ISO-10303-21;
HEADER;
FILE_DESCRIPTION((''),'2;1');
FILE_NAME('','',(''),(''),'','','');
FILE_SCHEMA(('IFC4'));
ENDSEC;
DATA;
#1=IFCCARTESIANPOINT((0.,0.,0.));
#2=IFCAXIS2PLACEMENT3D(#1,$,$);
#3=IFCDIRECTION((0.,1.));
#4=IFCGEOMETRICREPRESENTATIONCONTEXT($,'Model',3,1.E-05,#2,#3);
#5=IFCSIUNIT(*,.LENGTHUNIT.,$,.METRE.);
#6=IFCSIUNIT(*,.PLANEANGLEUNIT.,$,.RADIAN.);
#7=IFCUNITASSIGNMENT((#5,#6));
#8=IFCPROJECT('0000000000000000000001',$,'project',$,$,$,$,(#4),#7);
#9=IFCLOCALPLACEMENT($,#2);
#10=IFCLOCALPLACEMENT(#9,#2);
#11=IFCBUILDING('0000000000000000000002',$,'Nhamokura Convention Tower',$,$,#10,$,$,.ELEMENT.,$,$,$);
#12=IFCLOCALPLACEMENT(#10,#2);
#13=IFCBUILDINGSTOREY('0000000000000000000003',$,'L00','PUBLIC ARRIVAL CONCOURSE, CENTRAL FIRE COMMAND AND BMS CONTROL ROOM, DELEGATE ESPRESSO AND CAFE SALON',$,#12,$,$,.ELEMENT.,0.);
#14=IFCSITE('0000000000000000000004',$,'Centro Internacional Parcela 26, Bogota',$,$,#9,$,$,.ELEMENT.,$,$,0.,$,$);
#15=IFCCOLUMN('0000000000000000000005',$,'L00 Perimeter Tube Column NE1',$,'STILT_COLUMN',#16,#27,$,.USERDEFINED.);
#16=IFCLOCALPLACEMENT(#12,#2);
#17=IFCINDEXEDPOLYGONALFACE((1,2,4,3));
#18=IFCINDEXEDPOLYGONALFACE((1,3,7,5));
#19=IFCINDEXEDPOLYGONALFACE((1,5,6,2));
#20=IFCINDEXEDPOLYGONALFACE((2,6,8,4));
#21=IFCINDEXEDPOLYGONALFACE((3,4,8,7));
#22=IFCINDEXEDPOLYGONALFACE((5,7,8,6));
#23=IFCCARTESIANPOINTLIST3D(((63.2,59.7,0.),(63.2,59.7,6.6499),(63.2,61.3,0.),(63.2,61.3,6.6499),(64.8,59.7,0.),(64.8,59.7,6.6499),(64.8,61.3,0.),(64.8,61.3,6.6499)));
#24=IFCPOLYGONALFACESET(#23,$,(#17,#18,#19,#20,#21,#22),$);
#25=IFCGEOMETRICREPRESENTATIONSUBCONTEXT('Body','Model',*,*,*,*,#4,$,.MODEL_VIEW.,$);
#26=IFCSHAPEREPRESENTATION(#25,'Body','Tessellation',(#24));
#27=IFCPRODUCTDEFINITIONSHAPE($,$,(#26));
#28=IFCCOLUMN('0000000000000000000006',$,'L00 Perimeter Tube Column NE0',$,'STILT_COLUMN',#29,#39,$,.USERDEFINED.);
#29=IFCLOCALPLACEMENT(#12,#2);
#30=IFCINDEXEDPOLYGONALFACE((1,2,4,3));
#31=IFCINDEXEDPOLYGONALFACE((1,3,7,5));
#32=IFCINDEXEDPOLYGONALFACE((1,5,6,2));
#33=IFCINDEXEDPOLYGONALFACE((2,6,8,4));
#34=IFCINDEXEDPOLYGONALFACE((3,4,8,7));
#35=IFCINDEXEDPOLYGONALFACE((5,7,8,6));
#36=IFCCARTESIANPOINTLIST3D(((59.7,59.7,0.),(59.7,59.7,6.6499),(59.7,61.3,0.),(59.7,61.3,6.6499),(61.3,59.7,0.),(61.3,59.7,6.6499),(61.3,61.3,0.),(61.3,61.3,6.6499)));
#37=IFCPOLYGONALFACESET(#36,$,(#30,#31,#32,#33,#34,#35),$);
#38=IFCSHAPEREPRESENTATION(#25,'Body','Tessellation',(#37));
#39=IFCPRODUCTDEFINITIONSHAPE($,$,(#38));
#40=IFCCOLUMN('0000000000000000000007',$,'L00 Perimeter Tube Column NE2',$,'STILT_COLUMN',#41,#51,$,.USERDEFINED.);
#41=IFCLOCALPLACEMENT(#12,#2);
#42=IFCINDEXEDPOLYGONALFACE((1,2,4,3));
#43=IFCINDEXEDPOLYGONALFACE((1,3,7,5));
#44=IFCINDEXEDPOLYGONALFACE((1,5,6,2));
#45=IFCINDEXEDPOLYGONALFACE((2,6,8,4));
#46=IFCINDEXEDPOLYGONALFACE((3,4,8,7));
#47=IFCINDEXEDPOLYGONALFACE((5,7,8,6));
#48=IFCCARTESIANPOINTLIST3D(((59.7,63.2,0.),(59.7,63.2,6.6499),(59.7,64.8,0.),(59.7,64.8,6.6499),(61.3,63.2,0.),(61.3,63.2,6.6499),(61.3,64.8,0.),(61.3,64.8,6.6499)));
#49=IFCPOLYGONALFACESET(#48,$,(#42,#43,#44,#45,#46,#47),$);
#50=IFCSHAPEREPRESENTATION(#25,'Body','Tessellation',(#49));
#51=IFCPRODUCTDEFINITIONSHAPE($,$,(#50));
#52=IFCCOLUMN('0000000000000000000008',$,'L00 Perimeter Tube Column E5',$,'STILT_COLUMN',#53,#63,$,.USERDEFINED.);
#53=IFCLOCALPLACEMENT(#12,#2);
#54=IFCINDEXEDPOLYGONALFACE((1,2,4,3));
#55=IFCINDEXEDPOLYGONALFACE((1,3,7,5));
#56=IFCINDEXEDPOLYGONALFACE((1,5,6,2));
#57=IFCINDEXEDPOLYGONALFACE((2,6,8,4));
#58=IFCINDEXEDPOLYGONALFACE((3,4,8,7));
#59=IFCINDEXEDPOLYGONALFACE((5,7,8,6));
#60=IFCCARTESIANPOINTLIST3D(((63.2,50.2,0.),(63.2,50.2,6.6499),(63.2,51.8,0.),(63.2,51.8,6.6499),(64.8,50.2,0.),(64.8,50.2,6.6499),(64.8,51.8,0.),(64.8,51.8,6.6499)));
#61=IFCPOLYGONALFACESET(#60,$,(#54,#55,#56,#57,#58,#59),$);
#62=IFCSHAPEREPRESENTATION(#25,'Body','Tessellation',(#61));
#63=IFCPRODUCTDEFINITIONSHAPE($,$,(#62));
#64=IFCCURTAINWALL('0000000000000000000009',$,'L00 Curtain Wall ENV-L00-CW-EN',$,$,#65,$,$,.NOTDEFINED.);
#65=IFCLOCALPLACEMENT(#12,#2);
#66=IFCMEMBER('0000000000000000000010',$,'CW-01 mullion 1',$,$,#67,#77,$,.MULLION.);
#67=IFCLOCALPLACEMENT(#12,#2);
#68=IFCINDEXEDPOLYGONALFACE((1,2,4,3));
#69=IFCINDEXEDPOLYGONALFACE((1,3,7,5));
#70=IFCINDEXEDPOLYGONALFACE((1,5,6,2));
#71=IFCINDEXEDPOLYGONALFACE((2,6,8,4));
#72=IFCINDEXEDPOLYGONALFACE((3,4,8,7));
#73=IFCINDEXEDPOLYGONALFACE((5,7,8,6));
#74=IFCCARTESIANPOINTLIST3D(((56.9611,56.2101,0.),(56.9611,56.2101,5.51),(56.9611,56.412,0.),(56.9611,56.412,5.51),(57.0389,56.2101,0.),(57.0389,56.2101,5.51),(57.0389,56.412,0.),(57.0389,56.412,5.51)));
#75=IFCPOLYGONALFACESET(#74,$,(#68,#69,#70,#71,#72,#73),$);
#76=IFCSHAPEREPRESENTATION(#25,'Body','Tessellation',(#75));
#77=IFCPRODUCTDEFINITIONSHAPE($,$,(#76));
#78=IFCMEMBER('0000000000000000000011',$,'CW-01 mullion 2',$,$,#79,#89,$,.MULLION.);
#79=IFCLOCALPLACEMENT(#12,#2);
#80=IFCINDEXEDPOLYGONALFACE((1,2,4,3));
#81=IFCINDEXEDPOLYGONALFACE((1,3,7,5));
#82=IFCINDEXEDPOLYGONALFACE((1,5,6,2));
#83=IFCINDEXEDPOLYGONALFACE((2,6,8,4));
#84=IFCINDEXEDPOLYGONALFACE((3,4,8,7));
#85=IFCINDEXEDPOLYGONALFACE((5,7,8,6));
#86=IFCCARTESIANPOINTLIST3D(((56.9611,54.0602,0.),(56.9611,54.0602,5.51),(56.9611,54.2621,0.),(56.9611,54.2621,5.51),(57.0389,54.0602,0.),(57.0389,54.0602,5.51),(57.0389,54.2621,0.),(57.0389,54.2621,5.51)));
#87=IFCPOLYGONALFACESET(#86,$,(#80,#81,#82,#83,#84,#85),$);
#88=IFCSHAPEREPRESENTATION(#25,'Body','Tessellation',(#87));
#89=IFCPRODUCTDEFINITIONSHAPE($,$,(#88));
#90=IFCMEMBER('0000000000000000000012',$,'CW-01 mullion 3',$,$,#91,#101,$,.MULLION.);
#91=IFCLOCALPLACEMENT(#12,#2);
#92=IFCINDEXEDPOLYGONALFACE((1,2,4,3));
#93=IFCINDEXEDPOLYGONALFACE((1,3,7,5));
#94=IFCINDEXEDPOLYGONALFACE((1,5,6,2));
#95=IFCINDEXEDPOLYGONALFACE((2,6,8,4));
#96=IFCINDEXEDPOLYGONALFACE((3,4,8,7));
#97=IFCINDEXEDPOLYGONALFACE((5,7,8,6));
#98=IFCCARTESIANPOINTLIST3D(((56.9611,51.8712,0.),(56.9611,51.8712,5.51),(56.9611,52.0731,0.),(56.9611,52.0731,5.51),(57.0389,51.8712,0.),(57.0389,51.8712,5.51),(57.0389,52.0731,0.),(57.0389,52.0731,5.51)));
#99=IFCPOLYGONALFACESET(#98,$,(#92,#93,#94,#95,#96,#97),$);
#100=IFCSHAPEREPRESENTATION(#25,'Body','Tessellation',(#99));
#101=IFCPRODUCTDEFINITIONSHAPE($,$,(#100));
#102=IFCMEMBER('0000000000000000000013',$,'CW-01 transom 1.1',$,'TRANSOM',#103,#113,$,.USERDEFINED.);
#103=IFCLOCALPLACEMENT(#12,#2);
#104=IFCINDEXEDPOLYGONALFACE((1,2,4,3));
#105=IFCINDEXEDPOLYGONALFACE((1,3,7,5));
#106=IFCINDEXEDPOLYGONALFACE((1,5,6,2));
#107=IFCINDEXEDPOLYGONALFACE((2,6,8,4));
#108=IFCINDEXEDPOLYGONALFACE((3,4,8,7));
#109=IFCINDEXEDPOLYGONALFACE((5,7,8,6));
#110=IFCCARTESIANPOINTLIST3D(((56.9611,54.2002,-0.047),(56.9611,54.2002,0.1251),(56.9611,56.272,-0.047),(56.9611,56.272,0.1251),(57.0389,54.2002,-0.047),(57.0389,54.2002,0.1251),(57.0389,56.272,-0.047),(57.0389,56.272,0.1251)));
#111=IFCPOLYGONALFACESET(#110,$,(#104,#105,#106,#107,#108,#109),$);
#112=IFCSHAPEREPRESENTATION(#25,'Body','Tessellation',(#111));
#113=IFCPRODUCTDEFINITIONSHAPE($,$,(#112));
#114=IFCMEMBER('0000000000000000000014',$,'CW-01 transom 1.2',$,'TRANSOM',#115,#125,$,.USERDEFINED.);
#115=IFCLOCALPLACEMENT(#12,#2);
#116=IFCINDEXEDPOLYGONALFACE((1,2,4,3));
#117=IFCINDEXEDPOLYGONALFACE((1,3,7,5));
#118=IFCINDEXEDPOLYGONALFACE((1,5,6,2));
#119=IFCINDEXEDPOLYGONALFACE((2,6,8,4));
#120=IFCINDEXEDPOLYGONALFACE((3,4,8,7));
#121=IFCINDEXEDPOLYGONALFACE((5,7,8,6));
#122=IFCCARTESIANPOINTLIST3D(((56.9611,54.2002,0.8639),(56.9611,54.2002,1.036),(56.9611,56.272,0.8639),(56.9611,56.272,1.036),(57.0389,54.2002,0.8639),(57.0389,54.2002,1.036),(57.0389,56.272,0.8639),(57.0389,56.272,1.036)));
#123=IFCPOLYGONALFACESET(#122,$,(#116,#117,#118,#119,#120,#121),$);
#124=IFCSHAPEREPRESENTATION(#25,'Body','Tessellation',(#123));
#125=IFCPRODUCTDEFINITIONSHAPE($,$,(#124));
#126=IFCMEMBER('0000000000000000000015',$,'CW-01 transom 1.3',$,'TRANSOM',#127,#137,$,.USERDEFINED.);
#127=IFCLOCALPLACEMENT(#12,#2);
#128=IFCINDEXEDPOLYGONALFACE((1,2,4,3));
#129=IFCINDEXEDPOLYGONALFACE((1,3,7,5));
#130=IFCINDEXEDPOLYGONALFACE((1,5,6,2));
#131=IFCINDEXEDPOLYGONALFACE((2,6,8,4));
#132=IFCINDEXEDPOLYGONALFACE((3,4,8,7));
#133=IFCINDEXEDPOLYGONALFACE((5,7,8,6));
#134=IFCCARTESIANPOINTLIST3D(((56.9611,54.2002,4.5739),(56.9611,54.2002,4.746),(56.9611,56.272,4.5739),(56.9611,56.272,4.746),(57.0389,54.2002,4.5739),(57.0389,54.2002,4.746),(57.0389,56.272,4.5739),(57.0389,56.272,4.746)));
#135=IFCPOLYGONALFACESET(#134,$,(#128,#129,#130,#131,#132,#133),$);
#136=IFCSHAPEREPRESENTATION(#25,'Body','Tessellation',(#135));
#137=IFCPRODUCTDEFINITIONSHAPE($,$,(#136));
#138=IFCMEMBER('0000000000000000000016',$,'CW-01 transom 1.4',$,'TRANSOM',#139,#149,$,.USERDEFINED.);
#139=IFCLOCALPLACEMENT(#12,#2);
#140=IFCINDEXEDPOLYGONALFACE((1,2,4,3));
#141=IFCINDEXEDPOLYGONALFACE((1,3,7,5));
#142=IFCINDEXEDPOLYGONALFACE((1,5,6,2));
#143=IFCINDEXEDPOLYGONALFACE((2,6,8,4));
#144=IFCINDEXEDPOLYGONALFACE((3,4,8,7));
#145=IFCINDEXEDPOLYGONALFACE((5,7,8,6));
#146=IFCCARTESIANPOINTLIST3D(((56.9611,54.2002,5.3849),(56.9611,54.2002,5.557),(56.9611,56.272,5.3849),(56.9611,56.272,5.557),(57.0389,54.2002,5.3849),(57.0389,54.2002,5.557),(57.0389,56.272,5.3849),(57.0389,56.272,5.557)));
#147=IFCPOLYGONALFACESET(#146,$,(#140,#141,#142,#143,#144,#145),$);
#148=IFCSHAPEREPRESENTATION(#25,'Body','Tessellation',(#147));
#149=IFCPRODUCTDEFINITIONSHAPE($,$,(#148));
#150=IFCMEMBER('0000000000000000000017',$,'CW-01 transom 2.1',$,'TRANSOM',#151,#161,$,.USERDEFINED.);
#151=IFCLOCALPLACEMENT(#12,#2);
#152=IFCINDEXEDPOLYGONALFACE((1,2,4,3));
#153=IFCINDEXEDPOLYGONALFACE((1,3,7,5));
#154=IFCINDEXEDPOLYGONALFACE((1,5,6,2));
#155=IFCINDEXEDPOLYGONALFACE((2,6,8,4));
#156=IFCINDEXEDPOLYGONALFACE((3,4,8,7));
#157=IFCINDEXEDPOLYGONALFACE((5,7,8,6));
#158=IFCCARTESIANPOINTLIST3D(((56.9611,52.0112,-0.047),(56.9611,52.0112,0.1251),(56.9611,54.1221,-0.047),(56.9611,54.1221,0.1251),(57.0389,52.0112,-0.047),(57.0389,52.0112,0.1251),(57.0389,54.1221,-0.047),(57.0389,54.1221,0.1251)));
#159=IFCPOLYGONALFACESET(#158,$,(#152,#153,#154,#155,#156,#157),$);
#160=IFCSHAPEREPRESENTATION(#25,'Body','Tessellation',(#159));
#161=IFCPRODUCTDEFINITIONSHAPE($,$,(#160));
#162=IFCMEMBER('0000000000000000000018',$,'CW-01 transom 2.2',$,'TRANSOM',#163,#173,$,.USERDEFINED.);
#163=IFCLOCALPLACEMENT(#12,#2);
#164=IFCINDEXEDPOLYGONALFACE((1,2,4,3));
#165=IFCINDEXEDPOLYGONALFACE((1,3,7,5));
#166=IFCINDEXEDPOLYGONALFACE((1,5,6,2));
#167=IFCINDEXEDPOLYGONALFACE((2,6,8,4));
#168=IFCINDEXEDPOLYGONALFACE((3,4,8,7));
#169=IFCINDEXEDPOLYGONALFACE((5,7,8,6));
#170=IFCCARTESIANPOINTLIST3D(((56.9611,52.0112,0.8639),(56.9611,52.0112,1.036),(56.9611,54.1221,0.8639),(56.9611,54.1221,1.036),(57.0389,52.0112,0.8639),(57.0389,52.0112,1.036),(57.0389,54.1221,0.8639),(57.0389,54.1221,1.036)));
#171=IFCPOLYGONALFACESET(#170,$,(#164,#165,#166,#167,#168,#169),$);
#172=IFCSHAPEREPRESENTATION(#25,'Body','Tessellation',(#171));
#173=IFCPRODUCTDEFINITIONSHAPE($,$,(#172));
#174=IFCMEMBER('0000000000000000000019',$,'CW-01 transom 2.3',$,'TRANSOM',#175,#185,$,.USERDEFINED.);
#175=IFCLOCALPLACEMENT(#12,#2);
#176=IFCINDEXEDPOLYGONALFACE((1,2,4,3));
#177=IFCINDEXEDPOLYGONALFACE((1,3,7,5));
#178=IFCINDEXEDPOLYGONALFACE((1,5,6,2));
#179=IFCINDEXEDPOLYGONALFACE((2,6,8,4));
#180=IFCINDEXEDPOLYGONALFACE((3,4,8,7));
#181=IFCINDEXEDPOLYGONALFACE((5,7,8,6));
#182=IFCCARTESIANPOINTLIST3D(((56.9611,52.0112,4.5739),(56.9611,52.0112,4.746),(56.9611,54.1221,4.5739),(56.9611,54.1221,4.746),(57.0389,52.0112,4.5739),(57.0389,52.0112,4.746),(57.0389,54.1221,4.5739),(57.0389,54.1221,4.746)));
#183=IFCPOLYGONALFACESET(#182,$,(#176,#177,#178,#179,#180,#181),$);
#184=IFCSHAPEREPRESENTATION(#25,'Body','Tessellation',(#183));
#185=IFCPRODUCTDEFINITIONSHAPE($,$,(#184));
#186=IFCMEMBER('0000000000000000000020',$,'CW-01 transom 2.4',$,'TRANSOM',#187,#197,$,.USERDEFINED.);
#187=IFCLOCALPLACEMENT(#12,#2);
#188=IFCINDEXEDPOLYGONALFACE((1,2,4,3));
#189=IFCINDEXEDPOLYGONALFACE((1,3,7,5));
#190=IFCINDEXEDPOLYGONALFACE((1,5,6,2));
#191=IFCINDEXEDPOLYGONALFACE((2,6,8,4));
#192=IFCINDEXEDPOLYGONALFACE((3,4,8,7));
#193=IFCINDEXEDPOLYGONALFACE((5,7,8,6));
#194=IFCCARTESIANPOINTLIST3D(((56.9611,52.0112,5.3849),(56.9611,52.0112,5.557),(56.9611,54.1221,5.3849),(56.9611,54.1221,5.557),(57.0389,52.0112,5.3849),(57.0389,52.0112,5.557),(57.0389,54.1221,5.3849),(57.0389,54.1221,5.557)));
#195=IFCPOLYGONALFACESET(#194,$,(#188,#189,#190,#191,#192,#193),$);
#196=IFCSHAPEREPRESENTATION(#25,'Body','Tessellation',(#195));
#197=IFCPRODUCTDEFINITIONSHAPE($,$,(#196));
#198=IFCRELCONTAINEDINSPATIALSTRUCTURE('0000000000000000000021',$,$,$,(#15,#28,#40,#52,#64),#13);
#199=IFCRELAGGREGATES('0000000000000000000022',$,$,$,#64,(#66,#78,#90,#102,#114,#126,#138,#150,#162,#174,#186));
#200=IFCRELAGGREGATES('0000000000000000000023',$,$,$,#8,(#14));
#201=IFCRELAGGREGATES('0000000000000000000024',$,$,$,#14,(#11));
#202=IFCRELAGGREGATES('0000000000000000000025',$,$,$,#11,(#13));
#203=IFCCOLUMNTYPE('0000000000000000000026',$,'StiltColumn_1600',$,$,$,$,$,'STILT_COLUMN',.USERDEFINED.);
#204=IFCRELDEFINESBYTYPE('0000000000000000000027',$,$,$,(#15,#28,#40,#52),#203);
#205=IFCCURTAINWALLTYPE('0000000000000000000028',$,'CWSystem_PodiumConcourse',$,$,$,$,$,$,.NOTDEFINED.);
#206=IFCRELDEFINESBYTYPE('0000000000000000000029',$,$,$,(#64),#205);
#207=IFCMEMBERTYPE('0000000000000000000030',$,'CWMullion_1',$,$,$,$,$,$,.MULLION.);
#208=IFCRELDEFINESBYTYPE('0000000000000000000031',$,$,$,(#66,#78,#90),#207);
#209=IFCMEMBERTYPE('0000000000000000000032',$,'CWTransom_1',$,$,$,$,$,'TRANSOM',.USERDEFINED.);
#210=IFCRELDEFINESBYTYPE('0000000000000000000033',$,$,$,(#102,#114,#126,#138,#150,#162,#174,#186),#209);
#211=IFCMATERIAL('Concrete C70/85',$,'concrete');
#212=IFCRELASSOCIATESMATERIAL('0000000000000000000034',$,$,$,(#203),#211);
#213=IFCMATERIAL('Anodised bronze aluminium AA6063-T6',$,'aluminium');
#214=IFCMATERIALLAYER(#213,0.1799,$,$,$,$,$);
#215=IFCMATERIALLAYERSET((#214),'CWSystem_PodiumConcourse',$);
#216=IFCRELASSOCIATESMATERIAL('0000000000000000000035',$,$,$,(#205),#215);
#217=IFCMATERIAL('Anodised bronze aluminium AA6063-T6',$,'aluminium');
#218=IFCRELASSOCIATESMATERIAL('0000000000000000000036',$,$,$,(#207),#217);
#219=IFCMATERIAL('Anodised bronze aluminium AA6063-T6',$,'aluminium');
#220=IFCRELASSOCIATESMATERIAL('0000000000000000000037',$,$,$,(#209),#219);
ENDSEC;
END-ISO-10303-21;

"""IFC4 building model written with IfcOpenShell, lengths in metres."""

from ifc_helpers import new_model, si_unit, direction, frame, origin, origin_2d, place, context, subcontext, project, spatial, rectangle, extrude, material, layer, layer_set, material_profile, profile_set, type_object, element, aggregate, save


model = new_model("IFC4")

# Units and contexts
model_context = context("Model", 3, precision=1e-05, world=origin(), true_north=direction((0.0, 1.0)))
body_context = subcontext(model_context, "Body", "Model", "MODEL_VIEW")
ifc_project = project(units=[si_unit("LENGTHUNIT", "METRE"), si_unit("PLANEANGLEUNIT", "RADIAN")], contexts=[model_context])

# Site, building, storey
site_placement = place(None, origin())
site = spatial("IfcSite", under=ifc_project, at=site_placement, Name="Centro Internacional Parcela 26, Bogota", CompositionType="ELEMENT", RefElevation=0.0)
building_placement = place(site_placement, origin())
building = spatial("IfcBuilding", under=site, at=building_placement, Name="Nhamokura Convention Tower", CompositionType="ELEMENT")
storey_placement = place(building_placement, origin())
storey = spatial("IfcBuildingStorey", under=building, at=storey_placement, Name="L00", Description="PUBLIC ARRIVAL CONCOURSE, CENTRAL FIRE COMMAND AND BMS CONTROL ROOM, DELEGATE ESPRESSO AND CAFE SALON", CompositionType="ELEMENT", Elevation=0.0)

# Columns
ifc_material_1 = material(Name="Concrete C70/85", Category="concrete")
ifc_material_profile_1 = material_profile(ifc_material_1, rectangle(XDim=1.6001, YDim=1.6001, at=origin_2d()))
ifc_profile_set_1 = profile_set([ifc_material_profile_1], Name="Concrete C70/85")
column_type = type_object("IfcColumnType", Name="StiltColumn_1600", ElementType="STILT_COLUMN", PredefinedType="USERDEFINED", material=ifc_profile_set_1)
for number, where, z_axis, x_axis, name in (
    (1, (64.0, 60.5, 0.0), (0.0, 0.0, 1.0), (1.0, 0.0, 0.0), "L00 Perimeter Tube Column NE1"),
    (2, (60.5, 60.5, 0.0), (0.0, 0.0, 1.0), (1.0, 0.0, 0.0), "L00 Perimeter Tube Column NE0"),
    (3, (60.5, 64.0, 0.0), (0.0, 0.0, 1.0), (1.0, 0.0, 0.0), "L00 Perimeter Tube Column NE2"),
    (4, (64.0, 51.0, 0.0), (0.0, 0.0, 1.0), (1.0, 0.0, 0.0), "L00 Perimeter Tube Column E5"),
):
    element("IfcColumn", number, at=place(storey_placement, frame(where, z_axis=z_axis, x_axis=x_axis)), inside=storey, type_object=column_type, Name=name, ObjectType="STILT_COLUMN", PredefinedType="USERDEFINED", context=body_context, shape_type="SweptSolid", body=[
        extrude(rectangle(XDim=1.6001, YDim=1.6001, at=origin_2d()), origin(), (0.0, 0.0, 1.0), 6.6499),
    ])

# Curtain wall, members
ifc_material_2 = material(Name="Anodised bronze aluminium AA6063-T6", Category="aluminium")
ifc_layer_1 = layer(ifc_material_2, 0.1799)
ifc_layer_set_1 = layer_set([ifc_layer_1], Name="CWSystem_PodiumConcourse")
curtain_wall_type = type_object("IfcCurtainWallType", Name="CWSystem_PodiumConcourse", PredefinedType="NOTDEFINED", material=ifc_layer_set_1)
curtain_wall_placement = place(storey_placement, origin())
curtain_wall = element("IfcCurtainWall", 5, at=curtain_wall_placement, inside=storey, type_object=curtain_wall_type, Name="L00 Curtain Wall ENV-L00-CW-EN", PredefinedType="NOTDEFINED")
ifc_material_3 = material(Name="Anodised bronze aluminium AA6063-T6", Category="aluminium")
ifc_material_profile_2 = material_profile(ifc_material_3, rectangle(XDim=0.0779, YDim=0.2019, at=origin_2d()))
ifc_profile_set_2 = profile_set([ifc_material_profile_2], Name="Anodised bronze aluminium AA6063-T6")
member_type_1 = type_object("IfcMemberType", Name="CWMullion_1", PredefinedType="MULLION", material=ifc_profile_set_2)
member_1_placement = place(storey_placement, frame((57.0, 56.311, 0.0), z_axis=(0.0, 0.0, 1.0), x_axis=(1.0, 0.0, 0.0)))
member_1 = element("IfcMember", 6, at=member_1_placement, type_object=member_type_1, Name="CW-01 mullion 1", PredefinedType="MULLION", context=body_context, shape_type="SweptSolid", body=[
    extrude(rectangle(XDim=0.0779, YDim=0.2019, at=origin_2d()), origin(), (0.0, 0.0, 1.0), 5.51),
])
member_2_placement = place(storey_placement, frame((57.0, 54.1611, 0.0), z_axis=(0.0, 0.0, 1.0), x_axis=(1.0, 0.0, 0.0)))
member_2 = element("IfcMember", 7, at=member_2_placement, type_object=member_type_1, Name="CW-01 mullion 2", PredefinedType="MULLION", context=body_context, shape_type="SweptSolid", body=[
    extrude(rectangle(XDim=0.0779, YDim=0.2019, at=origin_2d()), origin(), (0.0, 0.0, 1.0), 5.51),
])
member_3_placement = place(storey_placement, frame((57.0, 51.9722, 0.0), z_axis=(0.0, 0.0, 1.0), x_axis=(1.0, 0.0, 0.0)))
member_3 = element("IfcMember", 8, at=member_3_placement, type_object=member_type_1, Name="CW-01 mullion 3", PredefinedType="MULLION", context=body_context, shape_type="SweptSolid", body=[
    extrude(rectangle(XDim=0.0779, YDim=0.2019, at=origin_2d()), origin(), (0.0, 0.0, 1.0), 5.51),
])
ifc_material_4 = material(Name="Anodised bronze aluminium AA6063-T6", Category="aluminium")
ifc_material_profile_3 = material_profile(ifc_material_4, rectangle(XDim=0.0779, YDim=0.1721, at=origin_2d()))
ifc_profile_set_3 = profile_set([ifc_material_profile_3], Name="Anodised bronze aluminium AA6063-T6")
member_type_2 = type_object("IfcMemberType", Name="CWTransom_1", ElementType="TRANSOM", PredefinedType="USERDEFINED", material=ifc_profile_set_3)
member_4_placement = place(storey_placement, frame((57.0, 56.272, 0.0391), z_axis=(0.0, -1.0, 0.0), x_axis=(1.0, 0.0, 0.0)))
member_4 = element("IfcMember", 9, at=member_4_placement, type_object=member_type_2, Name="CW-01 transom 1.1", ObjectType="TRANSOM", PredefinedType="USERDEFINED", context=body_context, shape_type="SweptSolid", body=[
    extrude(rectangle(XDim=0.0779, YDim=0.1721, at=origin_2d()), origin(), (0.0, 0.0, 1.0), 2.0718),
])
member_5_placement = place(storey_placement, frame((57.0, 56.272, 0.95), z_axis=(0.0, -1.0, 0.0), x_axis=(1.0, 0.0, 0.0)))
member_5 = element("IfcMember", 10, at=member_5_placement, type_object=member_type_2, Name="CW-01 transom 1.2", ObjectType="TRANSOM", PredefinedType="USERDEFINED", context=body_context, shape_type="SweptSolid", body=[
    extrude(rectangle(XDim=0.0779, YDim=0.1721, at=origin_2d()), origin(), (0.0, 0.0, 1.0), 2.0718),
])
member_6_placement = place(storey_placement, frame((57.0, 56.272, 4.6599), z_axis=(0.0, -1.0, 0.0), x_axis=(1.0, 0.0, 0.0)))
member_6 = element("IfcMember", 11, at=member_6_placement, type_object=member_type_2, Name="CW-01 transom 1.3", ObjectType="TRANSOM", PredefinedType="USERDEFINED", context=body_context, shape_type="SweptSolid", body=[
    extrude(rectangle(XDim=0.0779, YDim=0.1721, at=origin_2d()), origin(), (0.0, 0.0, 1.0), 2.0718),
])
member_7_placement = place(storey_placement, frame((57.0, 56.272, 5.4709), z_axis=(0.0, -1.0, 0.0), x_axis=(1.0, 0.0, 0.0)))
member_7 = element("IfcMember", 12, at=member_7_placement, type_object=member_type_2, Name="CW-01 transom 1.4", ObjectType="TRANSOM", PredefinedType="USERDEFINED", context=body_context, shape_type="SweptSolid", body=[
    extrude(rectangle(XDim=0.0779, YDim=0.1721, at=origin_2d()), origin(), (0.0, 0.0, 1.0), 2.0718),
])
member_8_placement = place(storey_placement, frame((57.0, 54.1221, 0.0391), z_axis=(0.0, -1.0, 0.0), x_axis=(1.0, 0.0, 0.0)))
member_8 = element("IfcMember", 13, at=member_8_placement, type_object=member_type_2, Name="CW-01 transom 2.1", ObjectType="TRANSOM", PredefinedType="USERDEFINED", context=body_context, shape_type="SweptSolid", body=[
    extrude(rectangle(XDim=0.0779, YDim=0.1721, at=origin_2d()), origin(), (0.0, 0.0, 1.0), 2.1108),
])
member_9_placement = place(storey_placement, frame((57.0, 54.1221, 0.95), z_axis=(0.0, -1.0, 0.0), x_axis=(1.0, 0.0, 0.0)))
member_9 = element("IfcMember", 14, at=member_9_placement, type_object=member_type_2, Name="CW-01 transom 2.2", ObjectType="TRANSOM", PredefinedType="USERDEFINED", context=body_context, shape_type="SweptSolid", body=[
    extrude(rectangle(XDim=0.0779, YDim=0.1721, at=origin_2d()), origin(), (0.0, 0.0, 1.0), 2.1108),
])
member_10_placement = place(storey_placement, frame((57.0, 54.1221, 4.6599), z_axis=(0.0, -1.0, 0.0), x_axis=(1.0, 0.0, 0.0)))
member_10 = element("IfcMember", 15, at=member_10_placement, type_object=member_type_2, Name="CW-01 transom 2.3", ObjectType="TRANSOM", PredefinedType="USERDEFINED", context=body_context, shape_type="SweptSolid", body=[
    extrude(rectangle(XDim=0.0779, YDim=0.1721, at=origin_2d()), origin(), (0.0, 0.0, 1.0), 2.1108),
])
member_11_placement = place(storey_placement, frame((57.0, 54.1221, 5.4709), z_axis=(0.0, -1.0, 0.0), x_axis=(1.0, 0.0, 0.0)))
member_11 = element("IfcMember", 16, at=member_11_placement, type_object=member_type_2, Name="CW-01 transom 2.4", ObjectType="TRANSOM", PredefinedType="USERDEFINED", context=body_context, shape_type="SweptSolid", body=[
    extrude(rectangle(XDim=0.0779, YDim=0.1721, at=origin_2d()), origin(), (0.0, 0.0, 1.0), 2.1108),
])

aggregate(curtain_wall, [member_1, member_2, member_3, member_4, member_5, member_6, member_7, member_8, member_9, member_10, member_11])

save(model, "model.ifc")
